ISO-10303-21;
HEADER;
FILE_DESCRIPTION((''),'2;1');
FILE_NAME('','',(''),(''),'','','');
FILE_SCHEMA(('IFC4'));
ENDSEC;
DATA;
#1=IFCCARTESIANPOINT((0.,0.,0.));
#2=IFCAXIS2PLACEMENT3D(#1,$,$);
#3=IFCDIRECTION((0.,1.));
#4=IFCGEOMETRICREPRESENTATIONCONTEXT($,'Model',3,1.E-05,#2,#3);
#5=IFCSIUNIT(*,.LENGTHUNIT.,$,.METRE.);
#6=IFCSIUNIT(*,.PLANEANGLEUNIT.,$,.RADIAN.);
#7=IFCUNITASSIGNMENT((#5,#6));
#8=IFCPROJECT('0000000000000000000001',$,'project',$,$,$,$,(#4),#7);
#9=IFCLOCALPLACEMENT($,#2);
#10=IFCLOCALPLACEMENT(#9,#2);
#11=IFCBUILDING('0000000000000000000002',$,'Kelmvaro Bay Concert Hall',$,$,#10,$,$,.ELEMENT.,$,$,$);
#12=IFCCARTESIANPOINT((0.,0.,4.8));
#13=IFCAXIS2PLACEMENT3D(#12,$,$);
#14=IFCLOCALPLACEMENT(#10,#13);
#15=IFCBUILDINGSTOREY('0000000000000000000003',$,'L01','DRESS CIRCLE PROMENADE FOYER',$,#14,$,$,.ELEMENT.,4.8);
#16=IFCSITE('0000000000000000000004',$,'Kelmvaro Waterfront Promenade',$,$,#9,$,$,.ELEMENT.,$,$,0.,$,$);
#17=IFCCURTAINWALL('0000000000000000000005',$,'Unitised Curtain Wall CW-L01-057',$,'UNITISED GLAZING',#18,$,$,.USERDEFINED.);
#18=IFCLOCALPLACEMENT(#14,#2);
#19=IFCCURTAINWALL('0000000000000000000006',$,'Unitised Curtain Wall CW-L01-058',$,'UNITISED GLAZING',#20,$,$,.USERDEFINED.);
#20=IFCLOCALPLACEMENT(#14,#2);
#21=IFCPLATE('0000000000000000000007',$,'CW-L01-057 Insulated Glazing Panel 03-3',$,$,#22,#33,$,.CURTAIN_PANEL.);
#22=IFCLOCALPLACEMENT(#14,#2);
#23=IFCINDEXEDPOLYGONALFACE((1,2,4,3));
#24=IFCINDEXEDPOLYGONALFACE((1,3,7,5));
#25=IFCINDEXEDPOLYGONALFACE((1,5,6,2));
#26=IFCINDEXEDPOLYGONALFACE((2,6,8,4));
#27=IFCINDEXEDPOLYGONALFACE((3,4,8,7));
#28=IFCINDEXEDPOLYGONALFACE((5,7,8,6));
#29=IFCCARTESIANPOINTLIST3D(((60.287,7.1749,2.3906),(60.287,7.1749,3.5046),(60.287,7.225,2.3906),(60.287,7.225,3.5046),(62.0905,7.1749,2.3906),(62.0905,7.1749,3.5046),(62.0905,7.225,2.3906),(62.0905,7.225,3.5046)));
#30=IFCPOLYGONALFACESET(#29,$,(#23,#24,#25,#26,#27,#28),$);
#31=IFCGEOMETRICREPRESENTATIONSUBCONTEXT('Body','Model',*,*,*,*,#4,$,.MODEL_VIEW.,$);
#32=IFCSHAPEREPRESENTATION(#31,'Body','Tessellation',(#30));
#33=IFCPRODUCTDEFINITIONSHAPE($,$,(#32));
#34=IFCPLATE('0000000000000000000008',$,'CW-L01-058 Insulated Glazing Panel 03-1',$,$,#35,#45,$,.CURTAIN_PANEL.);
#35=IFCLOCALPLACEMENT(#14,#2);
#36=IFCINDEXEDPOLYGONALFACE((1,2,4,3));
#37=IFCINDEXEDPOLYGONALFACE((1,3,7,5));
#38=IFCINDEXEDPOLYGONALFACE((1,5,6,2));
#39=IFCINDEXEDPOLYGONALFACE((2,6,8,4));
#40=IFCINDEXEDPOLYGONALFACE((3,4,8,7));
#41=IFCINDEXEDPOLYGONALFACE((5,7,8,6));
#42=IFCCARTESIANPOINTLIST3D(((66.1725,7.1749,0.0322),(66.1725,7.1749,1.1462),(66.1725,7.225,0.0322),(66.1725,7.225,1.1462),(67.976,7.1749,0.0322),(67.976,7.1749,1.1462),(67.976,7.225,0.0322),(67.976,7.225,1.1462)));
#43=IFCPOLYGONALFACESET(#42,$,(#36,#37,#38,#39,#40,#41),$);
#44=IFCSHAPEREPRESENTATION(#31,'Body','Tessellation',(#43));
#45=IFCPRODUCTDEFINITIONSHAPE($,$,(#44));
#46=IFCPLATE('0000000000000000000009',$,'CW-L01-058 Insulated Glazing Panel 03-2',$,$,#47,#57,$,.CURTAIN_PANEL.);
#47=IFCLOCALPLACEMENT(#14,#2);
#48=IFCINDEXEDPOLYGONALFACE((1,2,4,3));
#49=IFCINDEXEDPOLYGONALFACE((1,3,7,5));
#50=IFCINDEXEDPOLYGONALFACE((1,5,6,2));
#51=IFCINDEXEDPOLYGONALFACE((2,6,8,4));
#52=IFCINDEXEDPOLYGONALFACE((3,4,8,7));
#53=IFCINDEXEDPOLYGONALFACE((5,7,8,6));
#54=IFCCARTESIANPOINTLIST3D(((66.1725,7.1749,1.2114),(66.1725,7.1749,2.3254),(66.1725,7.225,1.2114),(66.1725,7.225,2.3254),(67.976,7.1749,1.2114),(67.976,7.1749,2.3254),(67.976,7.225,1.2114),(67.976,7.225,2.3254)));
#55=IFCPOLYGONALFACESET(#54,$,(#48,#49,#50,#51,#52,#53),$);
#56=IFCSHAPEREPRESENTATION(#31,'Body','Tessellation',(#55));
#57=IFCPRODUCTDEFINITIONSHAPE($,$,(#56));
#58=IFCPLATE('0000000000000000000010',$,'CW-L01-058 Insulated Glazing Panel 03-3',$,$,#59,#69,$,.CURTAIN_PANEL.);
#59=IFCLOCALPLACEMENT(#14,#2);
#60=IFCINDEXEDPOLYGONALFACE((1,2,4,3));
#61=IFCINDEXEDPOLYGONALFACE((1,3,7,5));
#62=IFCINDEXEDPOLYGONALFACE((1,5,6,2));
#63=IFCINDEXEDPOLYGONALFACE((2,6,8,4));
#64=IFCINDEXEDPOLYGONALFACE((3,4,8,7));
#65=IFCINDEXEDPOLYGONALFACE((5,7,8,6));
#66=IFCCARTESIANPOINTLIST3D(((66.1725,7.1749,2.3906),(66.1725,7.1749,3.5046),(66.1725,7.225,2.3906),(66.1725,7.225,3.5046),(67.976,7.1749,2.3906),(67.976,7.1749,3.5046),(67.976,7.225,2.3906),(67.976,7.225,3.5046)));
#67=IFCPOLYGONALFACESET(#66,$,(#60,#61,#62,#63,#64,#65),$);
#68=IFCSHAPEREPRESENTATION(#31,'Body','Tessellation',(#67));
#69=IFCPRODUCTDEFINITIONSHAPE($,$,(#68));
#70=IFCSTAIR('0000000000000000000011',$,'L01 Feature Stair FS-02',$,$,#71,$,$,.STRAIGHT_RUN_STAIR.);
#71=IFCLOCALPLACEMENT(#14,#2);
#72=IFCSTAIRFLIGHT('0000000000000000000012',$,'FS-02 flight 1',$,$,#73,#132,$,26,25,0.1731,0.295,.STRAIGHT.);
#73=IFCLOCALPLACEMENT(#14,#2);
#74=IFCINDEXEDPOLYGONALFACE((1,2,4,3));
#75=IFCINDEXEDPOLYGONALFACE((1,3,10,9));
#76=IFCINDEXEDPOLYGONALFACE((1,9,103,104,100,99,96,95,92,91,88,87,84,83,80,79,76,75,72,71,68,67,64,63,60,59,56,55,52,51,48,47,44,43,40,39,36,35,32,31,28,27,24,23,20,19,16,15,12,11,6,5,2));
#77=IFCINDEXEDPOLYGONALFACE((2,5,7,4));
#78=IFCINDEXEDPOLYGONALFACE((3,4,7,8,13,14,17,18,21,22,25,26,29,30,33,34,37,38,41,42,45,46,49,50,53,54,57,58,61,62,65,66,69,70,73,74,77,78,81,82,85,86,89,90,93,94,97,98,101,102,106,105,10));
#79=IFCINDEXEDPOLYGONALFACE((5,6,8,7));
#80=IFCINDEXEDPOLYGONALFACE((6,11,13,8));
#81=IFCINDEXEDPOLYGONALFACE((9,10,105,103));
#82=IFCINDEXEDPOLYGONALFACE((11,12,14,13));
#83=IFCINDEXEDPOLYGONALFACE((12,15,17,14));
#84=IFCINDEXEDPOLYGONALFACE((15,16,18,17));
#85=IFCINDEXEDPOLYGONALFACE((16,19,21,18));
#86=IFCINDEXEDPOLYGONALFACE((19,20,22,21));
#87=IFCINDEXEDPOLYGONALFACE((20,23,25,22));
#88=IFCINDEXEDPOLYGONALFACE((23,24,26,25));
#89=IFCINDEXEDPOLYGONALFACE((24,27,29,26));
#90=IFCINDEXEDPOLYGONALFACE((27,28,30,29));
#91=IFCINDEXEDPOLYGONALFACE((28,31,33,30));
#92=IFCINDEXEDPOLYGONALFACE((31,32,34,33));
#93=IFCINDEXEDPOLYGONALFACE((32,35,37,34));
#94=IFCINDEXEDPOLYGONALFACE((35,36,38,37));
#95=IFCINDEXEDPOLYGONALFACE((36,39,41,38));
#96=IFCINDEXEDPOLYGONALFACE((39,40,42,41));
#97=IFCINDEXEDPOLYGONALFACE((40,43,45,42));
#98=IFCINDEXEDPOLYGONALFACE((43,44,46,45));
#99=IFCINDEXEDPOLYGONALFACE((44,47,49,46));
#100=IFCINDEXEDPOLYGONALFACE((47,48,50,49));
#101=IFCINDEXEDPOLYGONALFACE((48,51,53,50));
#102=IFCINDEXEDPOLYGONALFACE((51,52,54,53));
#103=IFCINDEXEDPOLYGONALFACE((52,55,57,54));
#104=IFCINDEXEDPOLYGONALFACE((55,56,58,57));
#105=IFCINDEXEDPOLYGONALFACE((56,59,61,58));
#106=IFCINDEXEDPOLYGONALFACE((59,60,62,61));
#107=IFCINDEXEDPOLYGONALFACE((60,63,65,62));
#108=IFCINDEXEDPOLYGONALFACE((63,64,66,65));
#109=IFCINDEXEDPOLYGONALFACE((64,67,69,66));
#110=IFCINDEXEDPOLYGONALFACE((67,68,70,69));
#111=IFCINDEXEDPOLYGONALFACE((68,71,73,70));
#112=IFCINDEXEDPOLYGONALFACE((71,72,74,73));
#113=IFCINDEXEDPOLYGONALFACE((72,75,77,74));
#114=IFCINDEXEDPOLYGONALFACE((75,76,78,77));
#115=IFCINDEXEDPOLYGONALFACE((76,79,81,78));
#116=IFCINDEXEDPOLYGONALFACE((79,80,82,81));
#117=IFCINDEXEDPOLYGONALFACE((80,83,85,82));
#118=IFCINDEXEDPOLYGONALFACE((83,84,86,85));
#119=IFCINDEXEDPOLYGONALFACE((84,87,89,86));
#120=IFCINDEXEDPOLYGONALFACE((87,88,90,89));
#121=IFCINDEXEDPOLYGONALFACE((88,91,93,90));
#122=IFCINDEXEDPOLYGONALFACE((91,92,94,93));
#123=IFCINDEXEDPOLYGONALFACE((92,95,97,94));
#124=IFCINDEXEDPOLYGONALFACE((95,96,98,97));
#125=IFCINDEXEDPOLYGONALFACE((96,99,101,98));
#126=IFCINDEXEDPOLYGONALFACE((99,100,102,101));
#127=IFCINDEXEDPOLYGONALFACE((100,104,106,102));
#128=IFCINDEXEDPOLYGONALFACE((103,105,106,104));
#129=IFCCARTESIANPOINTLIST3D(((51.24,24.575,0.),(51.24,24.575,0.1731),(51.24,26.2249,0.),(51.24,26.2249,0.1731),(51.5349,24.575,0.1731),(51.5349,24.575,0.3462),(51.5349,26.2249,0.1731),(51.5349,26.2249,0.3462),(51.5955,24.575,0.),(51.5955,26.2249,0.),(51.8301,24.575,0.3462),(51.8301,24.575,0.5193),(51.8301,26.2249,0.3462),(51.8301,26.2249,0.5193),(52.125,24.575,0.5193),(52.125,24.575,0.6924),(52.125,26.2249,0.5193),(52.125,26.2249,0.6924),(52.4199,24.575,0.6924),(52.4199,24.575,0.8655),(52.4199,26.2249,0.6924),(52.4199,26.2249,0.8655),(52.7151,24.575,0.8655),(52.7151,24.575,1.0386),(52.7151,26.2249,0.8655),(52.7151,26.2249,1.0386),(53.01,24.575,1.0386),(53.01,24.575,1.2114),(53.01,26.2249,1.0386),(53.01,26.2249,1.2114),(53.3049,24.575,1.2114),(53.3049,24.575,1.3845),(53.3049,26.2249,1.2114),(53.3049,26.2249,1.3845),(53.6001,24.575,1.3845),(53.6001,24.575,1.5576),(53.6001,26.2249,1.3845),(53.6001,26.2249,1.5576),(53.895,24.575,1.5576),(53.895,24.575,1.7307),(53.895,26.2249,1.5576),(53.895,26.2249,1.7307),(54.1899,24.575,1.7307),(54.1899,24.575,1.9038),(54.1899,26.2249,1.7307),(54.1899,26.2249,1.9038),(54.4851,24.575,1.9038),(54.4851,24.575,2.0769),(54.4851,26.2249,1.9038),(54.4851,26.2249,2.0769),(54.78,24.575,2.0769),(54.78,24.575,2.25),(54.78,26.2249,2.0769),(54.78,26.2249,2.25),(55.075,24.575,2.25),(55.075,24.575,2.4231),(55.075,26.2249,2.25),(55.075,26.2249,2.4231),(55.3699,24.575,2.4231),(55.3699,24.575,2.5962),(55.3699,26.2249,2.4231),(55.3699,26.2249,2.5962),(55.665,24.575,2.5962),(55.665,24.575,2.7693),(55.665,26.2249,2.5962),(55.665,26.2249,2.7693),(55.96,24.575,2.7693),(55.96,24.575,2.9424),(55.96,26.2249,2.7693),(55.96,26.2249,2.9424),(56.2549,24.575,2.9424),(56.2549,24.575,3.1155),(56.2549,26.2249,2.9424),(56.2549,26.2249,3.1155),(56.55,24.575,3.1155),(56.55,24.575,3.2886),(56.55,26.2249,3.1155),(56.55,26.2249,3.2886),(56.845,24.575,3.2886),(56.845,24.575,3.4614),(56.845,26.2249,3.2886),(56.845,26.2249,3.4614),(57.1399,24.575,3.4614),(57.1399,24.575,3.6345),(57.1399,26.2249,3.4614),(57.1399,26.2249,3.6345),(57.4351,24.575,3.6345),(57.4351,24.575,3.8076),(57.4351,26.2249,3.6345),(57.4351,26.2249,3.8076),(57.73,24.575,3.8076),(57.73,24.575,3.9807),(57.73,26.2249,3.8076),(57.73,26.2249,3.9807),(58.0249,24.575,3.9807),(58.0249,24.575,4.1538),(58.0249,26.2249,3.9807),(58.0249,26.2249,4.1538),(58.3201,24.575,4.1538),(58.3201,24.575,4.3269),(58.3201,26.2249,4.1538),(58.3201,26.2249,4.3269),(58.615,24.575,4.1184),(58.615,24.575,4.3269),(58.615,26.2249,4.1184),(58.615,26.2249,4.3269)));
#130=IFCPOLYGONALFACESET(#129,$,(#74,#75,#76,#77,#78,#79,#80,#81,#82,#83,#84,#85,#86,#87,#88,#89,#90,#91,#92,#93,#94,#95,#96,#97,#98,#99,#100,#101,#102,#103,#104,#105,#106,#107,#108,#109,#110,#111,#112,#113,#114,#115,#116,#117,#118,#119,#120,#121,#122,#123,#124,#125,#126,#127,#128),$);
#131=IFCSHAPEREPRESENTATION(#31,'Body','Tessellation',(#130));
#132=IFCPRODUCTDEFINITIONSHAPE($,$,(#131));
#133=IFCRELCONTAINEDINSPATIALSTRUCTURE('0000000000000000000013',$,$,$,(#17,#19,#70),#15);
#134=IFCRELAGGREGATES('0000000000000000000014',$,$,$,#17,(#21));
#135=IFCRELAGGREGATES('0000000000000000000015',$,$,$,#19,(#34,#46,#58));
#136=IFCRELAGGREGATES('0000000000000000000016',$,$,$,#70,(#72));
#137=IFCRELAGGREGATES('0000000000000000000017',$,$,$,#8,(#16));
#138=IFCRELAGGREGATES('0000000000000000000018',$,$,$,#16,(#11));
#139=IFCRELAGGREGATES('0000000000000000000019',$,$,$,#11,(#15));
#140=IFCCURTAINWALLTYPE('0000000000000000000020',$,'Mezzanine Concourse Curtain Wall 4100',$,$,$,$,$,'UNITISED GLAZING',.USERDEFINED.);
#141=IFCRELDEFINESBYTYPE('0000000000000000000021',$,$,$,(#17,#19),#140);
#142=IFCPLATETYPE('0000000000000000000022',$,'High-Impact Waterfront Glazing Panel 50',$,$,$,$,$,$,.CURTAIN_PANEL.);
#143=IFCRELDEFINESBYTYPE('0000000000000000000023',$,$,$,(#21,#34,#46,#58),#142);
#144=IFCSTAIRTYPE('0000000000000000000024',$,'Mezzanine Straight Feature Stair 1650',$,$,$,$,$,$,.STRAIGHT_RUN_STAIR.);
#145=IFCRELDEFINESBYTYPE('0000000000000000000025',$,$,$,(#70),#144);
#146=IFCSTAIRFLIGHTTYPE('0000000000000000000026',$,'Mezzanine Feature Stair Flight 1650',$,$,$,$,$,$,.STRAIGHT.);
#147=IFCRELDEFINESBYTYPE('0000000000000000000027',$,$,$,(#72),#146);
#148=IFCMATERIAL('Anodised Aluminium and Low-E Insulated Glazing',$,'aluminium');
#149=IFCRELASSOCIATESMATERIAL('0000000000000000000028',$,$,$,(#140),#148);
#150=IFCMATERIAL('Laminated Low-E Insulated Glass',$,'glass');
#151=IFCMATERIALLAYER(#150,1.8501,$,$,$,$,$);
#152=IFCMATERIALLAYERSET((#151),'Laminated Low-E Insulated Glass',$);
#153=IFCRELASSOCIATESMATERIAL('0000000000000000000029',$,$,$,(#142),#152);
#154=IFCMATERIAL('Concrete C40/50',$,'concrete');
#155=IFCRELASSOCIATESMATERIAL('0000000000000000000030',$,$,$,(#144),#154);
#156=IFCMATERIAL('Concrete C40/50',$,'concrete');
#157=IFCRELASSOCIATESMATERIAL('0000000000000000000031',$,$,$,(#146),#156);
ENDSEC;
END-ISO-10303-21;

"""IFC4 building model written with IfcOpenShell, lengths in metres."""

from ifc_helpers import new_model, si_unit, direction, frame, origin, origin_2d, place, context, subcontext, project, spatial, polyline, rectangle, outline, extrude, material, layer, layer_set, type_object, element, aggregate, save


model = new_model("IFC4")

# Units and contexts
model_context = context("Model", 3, precision=1e-05, world=origin(), true_north=direction((0.0, 1.0)))
body_context = subcontext(model_context, "Body", "Model", "MODEL_VIEW")
ifc_project = project(units=[si_unit("LENGTHUNIT", "METRE"), si_unit("PLANEANGLEUNIT", "RADIAN")], contexts=[model_context])

# Site, building, storey
site_placement = place(None, origin())
site = spatial("IfcSite", under=ifc_project, at=site_placement, Name="Kelmvaro Waterfront Promenade", CompositionType="ELEMENT", RefElevation=0.0)
building_placement = place(site_placement, origin())
building = spatial("IfcBuilding", under=site, at=building_placement, Name="Kelmvaro Bay Concert Hall", CompositionType="ELEMENT")
storey_placement = place(building_placement, frame((0.0, 0.0, 4.8)))
storey = spatial("IfcBuildingStorey", under=building, at=storey_placement, Name="L01", Description="DRESS CIRCLE PROMENADE FOYER", CompositionType="ELEMENT", Elevation=4.8)

# Curtain wall
ifc_material_1 = material(Name="Anodised Aluminium and Low-E Insulated Glazing", Category="aluminium")
curtain_wall_type = type_object("IfcCurtainWallType", Name="Mezzanine Concourse Curtain Wall 4100", ElementType="UNITISED GLAZING", PredefinedType="USERDEFINED", material=ifc_material_1)
curtain_wall_1_placement = place(storey_placement, origin())
curtain_wall_1 = element("IfcCurtainWall", 1, at=curtain_wall_1_placement, inside=storey, type_object=curtain_wall_type, Name="Unitised Curtain Wall CW-L01-057", ObjectType="UNITISED GLAZING", PredefinedType="USERDEFINED")

# Curtain wall
curtain_wall_2_placement = place(storey_placement, origin())
curtain_wall_2 = element("IfcCurtainWall", 2, at=curtain_wall_2_placement, inside=storey, type_object=curtain_wall_type, Name="Unitised Curtain Wall CW-L01-058", ObjectType="UNITISED GLAZING", PredefinedType="USERDEFINED")

# Plates
ifc_material_2 = material(Name="Laminated Low-E Insulated Glass", Category="glass")
ifc_layer = layer(ifc_material_2, 1.8501)
ifc_layer_set = layer_set([ifc_layer], Name="Laminated Low-E Insulated Glass")
plate_type = type_object("IfcPlateType", Name="High-Impact Waterfront Glazing Panel 50", PredefinedType="CURTAIN_PANEL", material=ifc_layer_set)
plate_1_placement = place(storey_placement, frame((61.1887, 7.2, 2.3906), z_axis=(0.0, 0.0, 1.0), x_axis=(-1.0, 0.0, 0.0)))
plate_1 = element("IfcPlate", 3, at=plate_1_placement, type_object=plate_type, Name="CW-L01-057 Insulated Glazing Panel 03-3", PredefinedType="CURTAIN_PANEL", context=body_context, shape_type="SweptSolid", body=[
    extrude(rectangle(XDim=1.8035, YDim=0.05, at=origin_2d()), origin(), (0.0, 0.0, 1.0), 1.114),
])
aggregate(curtain_wall_1, [plate_1])
plate_2_placement = place(storey_placement, frame((67.0742, 7.2, 0.0322), z_axis=(0.0, 0.0, 1.0), x_axis=(-1.0, 0.0, 0.0)))
plate_2 = element("IfcPlate", 4, at=plate_2_placement, type_object=plate_type, Name="CW-L01-058 Insulated Glazing Panel 03-1", PredefinedType="CURTAIN_PANEL", context=body_context, shape_type="SweptSolid", body=[
    extrude(rectangle(XDim=1.8035, YDim=0.05, at=origin_2d()), origin(), (0.0, 0.0, 1.0), 1.114),
])
plate_3_placement = place(storey_placement, frame((67.0742, 7.2, 1.2114), z_axis=(0.0, 0.0, 1.0), x_axis=(-1.0, 0.0, 0.0)))
plate_3 = element("IfcPlate", 5, at=plate_3_placement, type_object=plate_type, Name="CW-L01-058 Insulated Glazing Panel 03-2", PredefinedType="CURTAIN_PANEL", context=body_context, shape_type="SweptSolid", body=[
    extrude(rectangle(XDim=1.8035, YDim=0.05, at=origin_2d()), origin(), (0.0, 0.0, 1.0), 1.114),
])
plate_4_placement = place(storey_placement, frame((67.0742, 7.2, 2.3906), z_axis=(0.0, 0.0, 1.0), x_axis=(-1.0, 0.0, 0.0)))
plate_4 = element("IfcPlate", 6, at=plate_4_placement, type_object=plate_type, Name="CW-L01-058 Insulated Glazing Panel 03-3", PredefinedType="CURTAIN_PANEL", context=body_context, shape_type="SweptSolid", body=[
    extrude(rectangle(XDim=1.8035, YDim=0.05, at=origin_2d()), origin(), (0.0, 0.0, 1.0), 1.114),
])
aggregate(curtain_wall_2, [plate_2, plate_3, plate_4])

# Stair, stair flight
ifc_material_3 = material(Name="Concrete C40/50", Category="concrete")
stair_type = type_object("IfcStairType", Name="Mezzanine Straight Feature Stair 1650", PredefinedType="STRAIGHT_RUN_STAIR", material=ifc_material_3)
stair_placement = place(storey_placement, origin())
stair = element("IfcStair", 7, at=stair_placement, inside=storey, type_object=stair_type, Name="L01 Feature Stair FS-02", PredefinedType="STRAIGHT_RUN_STAIR")
ifc_material_4 = material(Name="Concrete C40/50", Category="concrete")
stair_flight_type = type_object("IfcStairFlightType", Name="Mezzanine Feature Stair Flight 1650", PredefinedType="STRAIGHT", material=ifc_material_4)
stair_flight_placement = place(storey_placement, frame((51.24, 25.3999, 0.0), z_axis=(0.0, 0.0, 1.0), x_axis=(1.0, 0.0, 0.0)))
stair_flight = element("IfcStairFlight", 8, at=stair_flight_placement, type_object=stair_flight_type, Name="FS-02 flight 1", NumberOfRisers=26, NumberOfTreads=25, PredefinedType="STRAIGHT", RiserHeight=0.1731, TreadLength=0.295, context=body_context, shape_type="SweptSolid", body=[
    extrude(outline(polyline([(0.0, 0.0), (0.0, 0.1731), (0.2949, 0.1731), (0.2949, 0.3462), (0.5901, 0.3462), (0.5901, 0.5193), (0.885, 0.5193), (0.885, 0.6924), (1.1799, 0.6924), (1.1799, 0.8655), (1.4751, 0.8655), (1.4751, 1.0386), (1.77, 1.0386), (1.77, 1.2114), (2.0649, 1.2114), (2.0649, 1.3845), (2.3601, 1.3845), (2.3601, 1.5576), (2.655, 1.5576), (2.655, 1.7307), (2.95, 1.7307), (2.95, 1.9038), (3.2451, 1.9038), (3.2451, 2.0769), (3.54, 2.0769), (3.54, 2.25), (3.835, 2.25), (3.835, 2.4231), (4.1299, 2.4231), (4.1299, 2.5962), (4.425, 2.5962), (4.425, 2.7693), (4.72, 2.7693), (4.72, 2.9424), (5.0149, 2.9424), (5.0149, 3.1155), (5.3101, 3.1155), (5.3101, 3.2886), (5.605, 3.2886), (5.605, 3.4614), (5.8999, 3.4614), (5.8999, 3.6345), (6.1951, 3.6345), (6.1951, 3.8076), (6.49, 3.8076), (6.49, 3.9807), (6.7849, 3.9807), (6.7849, 4.1538), (7.0801, 4.1538), (7.0801, 4.3269), (7.375, 4.3269), (7.375, 4.5), (7.375, 4.1184), (0.3555, 0.0), (0.0, 0.0)])), frame((0.0, 0.825, 0.0), z_axis=(0.0, -1.0, 0.0), x_axis=(1.0, 0.0, 0.0)), (0.0, 0.0, 1.0), 1.6499),
])
aggregate(stair, [stair_flight])

save(model, "model.ifc")
